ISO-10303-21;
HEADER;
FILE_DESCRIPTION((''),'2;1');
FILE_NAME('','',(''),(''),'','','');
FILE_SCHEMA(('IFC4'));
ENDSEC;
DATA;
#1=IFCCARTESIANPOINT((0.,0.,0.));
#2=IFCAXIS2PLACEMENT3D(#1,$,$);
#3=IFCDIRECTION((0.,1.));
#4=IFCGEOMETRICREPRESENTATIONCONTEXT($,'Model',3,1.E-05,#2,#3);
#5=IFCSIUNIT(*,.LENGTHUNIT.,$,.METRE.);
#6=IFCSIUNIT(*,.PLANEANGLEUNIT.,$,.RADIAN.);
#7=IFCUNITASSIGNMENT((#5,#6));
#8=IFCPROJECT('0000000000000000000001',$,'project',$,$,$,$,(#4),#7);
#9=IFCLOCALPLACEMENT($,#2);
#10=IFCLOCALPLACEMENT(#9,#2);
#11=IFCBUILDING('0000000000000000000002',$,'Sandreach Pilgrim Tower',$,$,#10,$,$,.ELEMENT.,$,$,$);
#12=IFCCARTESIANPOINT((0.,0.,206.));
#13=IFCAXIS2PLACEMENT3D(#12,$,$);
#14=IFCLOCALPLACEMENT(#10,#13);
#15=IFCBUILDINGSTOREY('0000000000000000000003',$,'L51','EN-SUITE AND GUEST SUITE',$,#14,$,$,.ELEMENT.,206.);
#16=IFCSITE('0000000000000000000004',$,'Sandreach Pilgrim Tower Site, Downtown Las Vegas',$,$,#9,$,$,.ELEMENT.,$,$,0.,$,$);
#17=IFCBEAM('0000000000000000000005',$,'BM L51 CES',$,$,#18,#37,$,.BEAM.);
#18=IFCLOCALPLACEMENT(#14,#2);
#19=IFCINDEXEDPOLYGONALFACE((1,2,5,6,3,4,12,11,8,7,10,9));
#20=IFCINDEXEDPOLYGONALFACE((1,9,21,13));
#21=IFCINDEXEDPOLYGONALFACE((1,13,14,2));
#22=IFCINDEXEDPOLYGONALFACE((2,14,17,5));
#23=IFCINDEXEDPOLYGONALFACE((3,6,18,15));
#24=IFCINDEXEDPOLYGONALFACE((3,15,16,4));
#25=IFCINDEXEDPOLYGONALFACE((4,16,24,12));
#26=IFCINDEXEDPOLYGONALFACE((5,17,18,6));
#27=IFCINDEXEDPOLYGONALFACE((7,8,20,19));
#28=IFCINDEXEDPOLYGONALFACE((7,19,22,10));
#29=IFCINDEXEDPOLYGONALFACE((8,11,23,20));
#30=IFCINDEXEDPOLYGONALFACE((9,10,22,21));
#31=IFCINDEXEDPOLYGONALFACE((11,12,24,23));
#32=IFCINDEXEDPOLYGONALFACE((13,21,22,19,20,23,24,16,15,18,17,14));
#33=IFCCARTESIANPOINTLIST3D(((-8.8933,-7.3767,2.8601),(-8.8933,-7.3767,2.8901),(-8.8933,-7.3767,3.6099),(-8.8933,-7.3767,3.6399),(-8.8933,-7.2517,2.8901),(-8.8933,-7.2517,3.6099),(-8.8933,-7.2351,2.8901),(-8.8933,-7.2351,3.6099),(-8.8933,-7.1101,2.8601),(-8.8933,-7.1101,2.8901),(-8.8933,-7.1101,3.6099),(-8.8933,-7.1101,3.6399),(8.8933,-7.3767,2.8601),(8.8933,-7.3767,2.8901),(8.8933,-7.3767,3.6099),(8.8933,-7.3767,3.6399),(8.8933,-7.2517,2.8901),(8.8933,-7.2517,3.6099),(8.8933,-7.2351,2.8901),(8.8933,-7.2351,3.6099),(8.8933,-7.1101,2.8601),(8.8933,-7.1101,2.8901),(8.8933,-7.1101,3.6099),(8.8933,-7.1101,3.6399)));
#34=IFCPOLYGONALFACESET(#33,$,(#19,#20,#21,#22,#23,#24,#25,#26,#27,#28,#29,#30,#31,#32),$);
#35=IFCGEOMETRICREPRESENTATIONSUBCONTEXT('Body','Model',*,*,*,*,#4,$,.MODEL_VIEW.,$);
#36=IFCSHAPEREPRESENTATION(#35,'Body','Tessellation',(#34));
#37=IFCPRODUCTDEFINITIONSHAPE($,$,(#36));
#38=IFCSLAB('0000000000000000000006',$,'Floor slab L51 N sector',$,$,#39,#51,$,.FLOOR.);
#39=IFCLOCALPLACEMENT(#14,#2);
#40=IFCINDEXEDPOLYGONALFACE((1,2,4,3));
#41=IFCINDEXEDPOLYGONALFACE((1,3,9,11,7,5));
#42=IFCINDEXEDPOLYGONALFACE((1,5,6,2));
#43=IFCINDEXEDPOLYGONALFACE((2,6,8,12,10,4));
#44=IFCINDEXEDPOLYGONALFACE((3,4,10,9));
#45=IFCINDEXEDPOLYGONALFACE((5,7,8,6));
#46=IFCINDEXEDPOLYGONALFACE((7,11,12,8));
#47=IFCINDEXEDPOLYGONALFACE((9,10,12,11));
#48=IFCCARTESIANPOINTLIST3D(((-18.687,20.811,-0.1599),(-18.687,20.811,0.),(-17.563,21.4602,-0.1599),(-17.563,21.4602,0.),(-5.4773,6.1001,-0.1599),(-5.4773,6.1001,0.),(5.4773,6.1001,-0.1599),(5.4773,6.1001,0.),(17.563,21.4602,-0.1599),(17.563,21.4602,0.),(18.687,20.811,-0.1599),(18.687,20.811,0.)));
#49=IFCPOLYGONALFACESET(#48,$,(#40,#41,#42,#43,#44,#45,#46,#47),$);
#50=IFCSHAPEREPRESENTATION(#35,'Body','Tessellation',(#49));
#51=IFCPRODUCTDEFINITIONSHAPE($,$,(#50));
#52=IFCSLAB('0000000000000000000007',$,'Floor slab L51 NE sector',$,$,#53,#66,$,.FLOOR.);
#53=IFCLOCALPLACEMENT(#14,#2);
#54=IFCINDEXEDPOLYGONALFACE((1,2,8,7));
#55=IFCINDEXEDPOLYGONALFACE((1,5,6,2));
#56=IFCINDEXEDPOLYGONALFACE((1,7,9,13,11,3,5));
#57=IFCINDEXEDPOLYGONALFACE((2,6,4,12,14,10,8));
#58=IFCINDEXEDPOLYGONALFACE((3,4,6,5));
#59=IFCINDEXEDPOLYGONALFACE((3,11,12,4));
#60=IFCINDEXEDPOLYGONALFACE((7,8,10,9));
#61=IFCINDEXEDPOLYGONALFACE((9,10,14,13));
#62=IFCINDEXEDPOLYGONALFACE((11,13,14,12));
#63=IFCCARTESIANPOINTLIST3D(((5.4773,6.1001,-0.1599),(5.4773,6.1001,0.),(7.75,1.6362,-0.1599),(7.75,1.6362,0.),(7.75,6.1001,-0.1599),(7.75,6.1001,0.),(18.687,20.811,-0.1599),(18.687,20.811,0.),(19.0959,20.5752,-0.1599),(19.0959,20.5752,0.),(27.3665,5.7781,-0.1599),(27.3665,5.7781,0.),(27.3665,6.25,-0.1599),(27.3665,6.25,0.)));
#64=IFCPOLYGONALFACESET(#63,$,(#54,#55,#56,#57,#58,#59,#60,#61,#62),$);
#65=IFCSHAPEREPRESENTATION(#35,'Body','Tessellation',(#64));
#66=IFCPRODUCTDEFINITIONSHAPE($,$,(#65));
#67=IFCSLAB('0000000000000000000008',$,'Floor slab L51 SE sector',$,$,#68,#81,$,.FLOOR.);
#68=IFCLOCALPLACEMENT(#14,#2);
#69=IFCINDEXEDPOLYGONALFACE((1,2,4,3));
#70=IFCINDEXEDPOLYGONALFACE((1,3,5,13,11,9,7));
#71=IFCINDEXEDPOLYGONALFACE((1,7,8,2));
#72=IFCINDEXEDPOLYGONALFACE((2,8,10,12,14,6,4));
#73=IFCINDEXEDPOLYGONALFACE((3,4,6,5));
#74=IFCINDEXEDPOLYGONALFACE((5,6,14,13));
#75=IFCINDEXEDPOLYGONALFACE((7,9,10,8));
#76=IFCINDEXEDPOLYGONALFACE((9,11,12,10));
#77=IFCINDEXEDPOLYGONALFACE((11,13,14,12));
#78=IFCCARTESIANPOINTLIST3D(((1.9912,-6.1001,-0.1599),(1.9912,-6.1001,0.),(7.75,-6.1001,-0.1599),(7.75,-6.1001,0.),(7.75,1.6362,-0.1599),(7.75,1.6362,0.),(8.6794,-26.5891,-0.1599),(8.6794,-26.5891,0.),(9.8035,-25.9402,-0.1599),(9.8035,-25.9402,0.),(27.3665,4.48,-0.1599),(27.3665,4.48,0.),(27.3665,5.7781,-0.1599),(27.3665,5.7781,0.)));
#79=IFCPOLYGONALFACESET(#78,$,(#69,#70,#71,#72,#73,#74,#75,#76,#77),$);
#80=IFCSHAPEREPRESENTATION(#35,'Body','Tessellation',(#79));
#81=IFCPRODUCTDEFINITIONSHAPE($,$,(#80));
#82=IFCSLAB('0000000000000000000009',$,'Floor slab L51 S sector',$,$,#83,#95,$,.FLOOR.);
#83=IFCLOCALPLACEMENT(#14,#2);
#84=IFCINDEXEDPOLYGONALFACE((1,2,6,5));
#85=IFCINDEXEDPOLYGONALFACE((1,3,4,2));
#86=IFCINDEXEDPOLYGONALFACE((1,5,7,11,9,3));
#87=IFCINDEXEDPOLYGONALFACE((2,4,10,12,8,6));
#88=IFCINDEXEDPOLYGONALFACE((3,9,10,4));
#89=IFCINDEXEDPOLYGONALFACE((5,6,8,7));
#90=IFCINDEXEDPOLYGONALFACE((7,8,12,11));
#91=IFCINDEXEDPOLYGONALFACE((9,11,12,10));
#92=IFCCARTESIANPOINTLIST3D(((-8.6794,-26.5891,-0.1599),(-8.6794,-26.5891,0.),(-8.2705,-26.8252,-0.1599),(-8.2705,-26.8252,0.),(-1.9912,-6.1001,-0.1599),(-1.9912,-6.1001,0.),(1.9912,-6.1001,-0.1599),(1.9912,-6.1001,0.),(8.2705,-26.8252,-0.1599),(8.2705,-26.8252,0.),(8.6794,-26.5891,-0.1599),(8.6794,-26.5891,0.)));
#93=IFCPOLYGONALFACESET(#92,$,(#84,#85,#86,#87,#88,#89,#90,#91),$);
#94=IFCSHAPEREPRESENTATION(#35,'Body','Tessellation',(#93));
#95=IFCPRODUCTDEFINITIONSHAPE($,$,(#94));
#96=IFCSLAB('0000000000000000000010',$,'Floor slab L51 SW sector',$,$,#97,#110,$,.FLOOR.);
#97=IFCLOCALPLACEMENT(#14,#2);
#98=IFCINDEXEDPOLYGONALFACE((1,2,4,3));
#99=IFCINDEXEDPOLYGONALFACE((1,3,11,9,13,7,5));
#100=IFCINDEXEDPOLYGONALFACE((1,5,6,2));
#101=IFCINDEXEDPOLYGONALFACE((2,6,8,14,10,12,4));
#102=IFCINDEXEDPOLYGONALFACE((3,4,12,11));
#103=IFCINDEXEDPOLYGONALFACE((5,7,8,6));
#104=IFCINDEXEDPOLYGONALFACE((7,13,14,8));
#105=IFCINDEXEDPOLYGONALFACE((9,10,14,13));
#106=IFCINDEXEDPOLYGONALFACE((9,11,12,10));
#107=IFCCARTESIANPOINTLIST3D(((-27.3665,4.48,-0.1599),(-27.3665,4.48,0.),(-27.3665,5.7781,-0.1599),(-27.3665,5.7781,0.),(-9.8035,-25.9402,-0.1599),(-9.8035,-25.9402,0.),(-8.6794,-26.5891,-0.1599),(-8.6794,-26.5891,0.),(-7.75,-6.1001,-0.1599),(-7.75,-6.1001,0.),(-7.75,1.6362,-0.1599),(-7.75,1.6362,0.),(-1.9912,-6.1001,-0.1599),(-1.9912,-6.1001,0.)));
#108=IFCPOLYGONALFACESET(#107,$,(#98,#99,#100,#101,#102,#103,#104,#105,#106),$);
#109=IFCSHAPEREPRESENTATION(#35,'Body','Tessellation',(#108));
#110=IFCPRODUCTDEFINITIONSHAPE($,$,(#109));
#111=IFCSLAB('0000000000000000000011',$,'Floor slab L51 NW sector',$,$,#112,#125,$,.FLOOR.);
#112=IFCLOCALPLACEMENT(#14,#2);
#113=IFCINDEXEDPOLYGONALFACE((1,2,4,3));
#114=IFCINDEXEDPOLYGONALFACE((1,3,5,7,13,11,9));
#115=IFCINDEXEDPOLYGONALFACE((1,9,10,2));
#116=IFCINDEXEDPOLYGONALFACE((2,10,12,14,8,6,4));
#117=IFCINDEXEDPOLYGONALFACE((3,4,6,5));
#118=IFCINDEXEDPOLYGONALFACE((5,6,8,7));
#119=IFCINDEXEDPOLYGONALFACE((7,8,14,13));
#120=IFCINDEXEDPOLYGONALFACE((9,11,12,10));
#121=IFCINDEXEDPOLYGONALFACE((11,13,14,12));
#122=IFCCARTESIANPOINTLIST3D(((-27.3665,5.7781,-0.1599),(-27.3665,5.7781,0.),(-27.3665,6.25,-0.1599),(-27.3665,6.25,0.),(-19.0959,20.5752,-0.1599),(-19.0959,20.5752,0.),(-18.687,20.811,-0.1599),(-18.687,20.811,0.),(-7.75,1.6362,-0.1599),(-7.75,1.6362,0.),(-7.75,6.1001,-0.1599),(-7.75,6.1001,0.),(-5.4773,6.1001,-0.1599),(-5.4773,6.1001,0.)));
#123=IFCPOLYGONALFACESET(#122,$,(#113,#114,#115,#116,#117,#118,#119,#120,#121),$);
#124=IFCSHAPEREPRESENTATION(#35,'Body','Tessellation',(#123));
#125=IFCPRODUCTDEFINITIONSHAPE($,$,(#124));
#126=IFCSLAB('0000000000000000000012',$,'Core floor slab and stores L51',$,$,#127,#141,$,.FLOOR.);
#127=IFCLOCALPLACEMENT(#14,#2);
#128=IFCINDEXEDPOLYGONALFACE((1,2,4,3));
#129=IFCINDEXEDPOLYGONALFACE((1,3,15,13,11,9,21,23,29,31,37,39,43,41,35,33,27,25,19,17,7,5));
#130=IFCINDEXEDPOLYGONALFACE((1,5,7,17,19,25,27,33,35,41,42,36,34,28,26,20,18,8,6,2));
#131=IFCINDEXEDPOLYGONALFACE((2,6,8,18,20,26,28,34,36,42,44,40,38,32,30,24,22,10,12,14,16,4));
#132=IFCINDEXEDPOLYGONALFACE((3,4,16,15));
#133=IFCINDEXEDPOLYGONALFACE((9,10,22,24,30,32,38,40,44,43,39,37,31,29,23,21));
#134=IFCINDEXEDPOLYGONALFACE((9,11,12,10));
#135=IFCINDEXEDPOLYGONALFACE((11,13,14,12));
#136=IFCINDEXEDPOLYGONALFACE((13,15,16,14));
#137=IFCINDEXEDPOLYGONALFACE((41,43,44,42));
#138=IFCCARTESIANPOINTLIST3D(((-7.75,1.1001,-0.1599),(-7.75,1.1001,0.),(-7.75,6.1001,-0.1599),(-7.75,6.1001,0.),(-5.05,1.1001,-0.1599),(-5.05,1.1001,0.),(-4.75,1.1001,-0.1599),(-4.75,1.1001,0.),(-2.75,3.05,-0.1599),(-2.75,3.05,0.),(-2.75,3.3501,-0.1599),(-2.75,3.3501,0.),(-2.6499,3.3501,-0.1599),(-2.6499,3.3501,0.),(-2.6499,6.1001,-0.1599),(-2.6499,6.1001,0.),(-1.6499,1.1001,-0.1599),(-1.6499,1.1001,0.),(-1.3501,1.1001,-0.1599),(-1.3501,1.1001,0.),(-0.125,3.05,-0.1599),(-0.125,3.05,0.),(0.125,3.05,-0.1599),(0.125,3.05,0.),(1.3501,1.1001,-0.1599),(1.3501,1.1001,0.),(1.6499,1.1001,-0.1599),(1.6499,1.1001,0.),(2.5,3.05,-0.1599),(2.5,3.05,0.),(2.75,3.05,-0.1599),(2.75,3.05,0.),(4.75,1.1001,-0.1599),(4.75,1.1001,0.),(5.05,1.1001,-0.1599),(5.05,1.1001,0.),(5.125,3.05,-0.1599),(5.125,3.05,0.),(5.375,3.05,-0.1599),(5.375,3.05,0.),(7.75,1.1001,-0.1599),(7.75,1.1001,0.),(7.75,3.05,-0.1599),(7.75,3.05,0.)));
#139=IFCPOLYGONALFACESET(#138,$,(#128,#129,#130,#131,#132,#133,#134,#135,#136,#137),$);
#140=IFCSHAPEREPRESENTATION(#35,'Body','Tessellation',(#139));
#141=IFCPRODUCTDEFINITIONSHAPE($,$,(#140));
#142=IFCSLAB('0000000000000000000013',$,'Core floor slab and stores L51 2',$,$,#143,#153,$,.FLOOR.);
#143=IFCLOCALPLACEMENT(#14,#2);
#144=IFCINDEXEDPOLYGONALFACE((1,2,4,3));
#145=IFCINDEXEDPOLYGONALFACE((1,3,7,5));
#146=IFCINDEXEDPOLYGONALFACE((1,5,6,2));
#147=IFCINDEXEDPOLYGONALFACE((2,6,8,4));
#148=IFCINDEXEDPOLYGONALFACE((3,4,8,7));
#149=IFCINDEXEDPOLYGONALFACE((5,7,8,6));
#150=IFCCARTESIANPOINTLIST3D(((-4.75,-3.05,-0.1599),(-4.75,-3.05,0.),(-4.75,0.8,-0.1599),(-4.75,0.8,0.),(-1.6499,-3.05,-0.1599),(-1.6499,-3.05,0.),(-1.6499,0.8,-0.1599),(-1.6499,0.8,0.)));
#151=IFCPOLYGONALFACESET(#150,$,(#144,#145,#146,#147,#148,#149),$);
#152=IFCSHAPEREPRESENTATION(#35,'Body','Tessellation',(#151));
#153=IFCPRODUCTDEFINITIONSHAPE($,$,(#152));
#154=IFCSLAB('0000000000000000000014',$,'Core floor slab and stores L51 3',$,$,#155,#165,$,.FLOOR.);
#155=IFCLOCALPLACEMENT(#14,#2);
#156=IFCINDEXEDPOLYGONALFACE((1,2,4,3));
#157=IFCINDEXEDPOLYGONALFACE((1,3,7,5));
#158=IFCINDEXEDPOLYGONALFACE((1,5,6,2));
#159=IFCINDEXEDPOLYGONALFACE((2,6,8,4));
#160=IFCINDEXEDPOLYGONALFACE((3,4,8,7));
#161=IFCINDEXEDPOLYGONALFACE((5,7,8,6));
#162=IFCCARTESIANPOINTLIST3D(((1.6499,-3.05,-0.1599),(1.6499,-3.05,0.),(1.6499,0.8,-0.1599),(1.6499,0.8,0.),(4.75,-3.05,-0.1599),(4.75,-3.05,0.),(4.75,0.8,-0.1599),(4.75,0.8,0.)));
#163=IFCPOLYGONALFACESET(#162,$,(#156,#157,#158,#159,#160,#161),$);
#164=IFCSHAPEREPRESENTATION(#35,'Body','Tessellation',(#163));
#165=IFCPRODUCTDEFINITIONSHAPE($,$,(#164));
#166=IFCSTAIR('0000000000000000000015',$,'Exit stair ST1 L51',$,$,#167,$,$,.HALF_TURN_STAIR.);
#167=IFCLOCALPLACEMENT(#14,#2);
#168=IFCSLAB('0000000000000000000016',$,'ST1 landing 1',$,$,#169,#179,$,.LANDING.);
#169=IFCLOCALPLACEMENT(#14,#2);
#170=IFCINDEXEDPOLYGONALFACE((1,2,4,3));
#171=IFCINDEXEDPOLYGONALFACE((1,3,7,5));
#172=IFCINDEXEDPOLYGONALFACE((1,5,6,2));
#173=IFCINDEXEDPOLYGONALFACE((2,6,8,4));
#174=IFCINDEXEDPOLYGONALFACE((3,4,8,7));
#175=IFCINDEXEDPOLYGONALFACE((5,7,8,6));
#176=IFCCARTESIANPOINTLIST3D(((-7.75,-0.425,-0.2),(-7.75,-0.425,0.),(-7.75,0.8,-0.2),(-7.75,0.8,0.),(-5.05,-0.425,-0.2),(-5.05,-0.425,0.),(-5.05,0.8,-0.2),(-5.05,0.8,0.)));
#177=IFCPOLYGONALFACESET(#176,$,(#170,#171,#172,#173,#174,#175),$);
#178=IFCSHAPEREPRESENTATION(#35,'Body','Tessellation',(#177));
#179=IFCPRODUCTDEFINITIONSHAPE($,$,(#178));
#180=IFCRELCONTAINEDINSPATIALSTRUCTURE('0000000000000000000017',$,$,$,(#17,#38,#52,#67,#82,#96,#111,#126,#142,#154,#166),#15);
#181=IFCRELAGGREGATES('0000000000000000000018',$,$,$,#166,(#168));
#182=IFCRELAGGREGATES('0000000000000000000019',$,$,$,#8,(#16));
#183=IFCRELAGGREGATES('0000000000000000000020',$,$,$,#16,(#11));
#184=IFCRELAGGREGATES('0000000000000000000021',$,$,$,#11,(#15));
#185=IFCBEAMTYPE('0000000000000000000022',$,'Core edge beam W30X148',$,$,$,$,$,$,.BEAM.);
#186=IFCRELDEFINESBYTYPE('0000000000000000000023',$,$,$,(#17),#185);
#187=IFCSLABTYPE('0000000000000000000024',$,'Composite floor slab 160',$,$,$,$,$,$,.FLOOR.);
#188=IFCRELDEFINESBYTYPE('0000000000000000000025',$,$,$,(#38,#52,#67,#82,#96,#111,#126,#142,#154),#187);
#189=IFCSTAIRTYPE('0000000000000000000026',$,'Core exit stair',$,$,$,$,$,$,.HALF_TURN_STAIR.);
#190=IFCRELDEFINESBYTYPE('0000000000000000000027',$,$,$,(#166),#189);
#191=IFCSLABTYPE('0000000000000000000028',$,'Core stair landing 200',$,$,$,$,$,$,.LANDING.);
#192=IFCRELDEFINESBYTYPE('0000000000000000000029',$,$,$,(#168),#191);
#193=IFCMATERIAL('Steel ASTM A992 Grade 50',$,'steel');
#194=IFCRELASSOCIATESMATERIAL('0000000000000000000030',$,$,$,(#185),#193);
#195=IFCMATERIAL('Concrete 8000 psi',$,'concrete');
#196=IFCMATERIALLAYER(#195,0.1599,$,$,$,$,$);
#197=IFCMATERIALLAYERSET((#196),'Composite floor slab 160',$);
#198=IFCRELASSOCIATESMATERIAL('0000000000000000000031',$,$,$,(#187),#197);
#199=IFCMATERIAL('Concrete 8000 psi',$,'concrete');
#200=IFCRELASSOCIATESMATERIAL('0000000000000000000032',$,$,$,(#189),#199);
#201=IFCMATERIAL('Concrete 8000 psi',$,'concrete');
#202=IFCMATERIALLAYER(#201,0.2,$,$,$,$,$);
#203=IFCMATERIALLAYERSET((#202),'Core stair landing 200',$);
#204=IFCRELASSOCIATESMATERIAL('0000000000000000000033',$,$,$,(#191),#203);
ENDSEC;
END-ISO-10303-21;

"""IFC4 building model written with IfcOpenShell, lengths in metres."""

from ifc_helpers import new_model, si_unit, direction, frame, origin, origin_2d, place, context, subcontext, project, spatial, polyline, i_section, outline, extrude, material, layer, layer_set, material_profile, profile_set, type_object, element, aggregate, save


model = new_model("IFC4")

# Units and contexts
model_context = context("Model", 3, precision=1e-05, world=origin(), true_north=direction((0.0, 1.0)))
body_context = subcontext(model_context, "Body", "Model", "MODEL_VIEW")
ifc_project = project(units=[si_unit("LENGTHUNIT", "METRE"), si_unit("PLANEANGLEUNIT", "RADIAN")], contexts=[model_context])

# Site, building, storey
site_placement = place(None, origin())
site = spatial("IfcSite", under=ifc_project, at=site_placement, Name="Sandreach Pilgrim Tower Site, Downtown Las Vegas", CompositionType="ELEMENT", RefElevation=0.0)
building_placement = place(site_placement, origin())
building = spatial("IfcBuilding", under=site, at=building_placement, Name="Sandreach Pilgrim Tower", CompositionType="ELEMENT")
storey_placement = place(building_placement, frame((0.0, 0.0, 206.0)))
storey = spatial("IfcBuildingStorey", under=building, at=storey_placement, Name="L51", Description="EN-SUITE AND GUEST SUITE", CompositionType="ELEMENT", Elevation=206.0)

# Beam
ifc_material_1 = material(Name="Steel ASTM A992 Grade 50", Category="steel")
ifc_material_profile = material_profile(ifc_material_1, i_section(OverallWidth=0.2666, OverallDepth=0.7798, WebThickness=0.0166, FlangeThickness=0.03, at=origin_2d()), Name="W30X148")
ifc_profile_set = profile_set([ifc_material_profile], Name="Steel ASTM A992 Grade 50")
beam_type = type_object("IfcBeamType", Name="Core edge beam W30X148", PredefinedType="BEAM", material=ifc_profile_set)
beam_placement = place(storey_placement, frame((8.8933, -7.2434, 3.25), z_axis=(-1.0, 0.0, 0.0), x_axis=(0.0, -1.0, 0.0)))
element("IfcBeam", 1, at=beam_placement, inside=storey, type_object=beam_type, Name="BM L51 CES", PredefinedType="BEAM", context=body_context, shape_type="SweptSolid", body=[
    extrude(i_section(OverallWidth=0.2666, OverallDepth=0.7798, WebThickness=0.0166, FlangeThickness=0.03, at=origin_2d()), origin(), (0.0, 0.0, 1.0), 17.7866),
])

# Slabs
ifc_material_2 = material(Name="Concrete 8000 psi", Category="concrete")
ifc_layer_1 = layer(ifc_material_2, 0.1599)
ifc_layer_set_1 = layer_set([ifc_layer_1], Name="Composite floor slab 160")
slab_type_1 = type_object("IfcSlabType", Name="Composite floor slab 160", PredefinedType="FLOOR", material=ifc_layer_set_1)
slab_1_placement = place(storey_placement, frame((0.0, 0.0, -0.1599)))
element("IfcSlab", 2, at=slab_1_placement, inside=storey, type_object=slab_type_1, Name="Floor slab L51 N sector", PredefinedType="FLOOR", context=body_context, shape_type="SweptSolid", body=[
    extrude(outline(polyline([(-17.563, 21.4602), (17.563, 21.4602), (18.687, 20.811), (5.4773, 6.1001), (-5.4773, 6.1001), (-18.687, 20.811), (-17.563, 21.4602)])), origin(), (0.0, 0.0, 1.0), 0.1599),
])
slab_2_placement = place(storey_placement, frame((0.0, 0.0, -0.1599)))
element("IfcSlab", 3, at=slab_2_placement, inside=storey, type_object=slab_type_1, Name="Floor slab L51 NE sector", PredefinedType="FLOOR", context=body_context, shape_type="SweptSolid", body=[
    extrude(outline(polyline([(19.0959, 20.5752), (27.3665, 6.25), (27.3665, 5.7781), (7.75, 1.6362), (7.75, 6.1001), (5.4773, 6.1001), (18.687, 20.811), (19.0959, 20.5752)])), origin(), (0.0, 0.0, 1.0), 0.1599),
])
slab_3_placement = place(storey_placement, frame((0.0, 0.0, -0.1599)))
element("IfcSlab", 4, at=slab_3_placement, inside=storey, type_object=slab_type_1, Name="Floor slab L51 SE sector", PredefinedType="FLOOR", context=body_context, shape_type="SweptSolid", body=[
    extrude(outline(polyline([(27.3665, 4.48), (9.8035, -25.9402), (8.6794, -26.5891), (1.9912, -6.1001), (7.75, -6.1001), (7.75, 1.6362), (27.3665, 5.7781), (27.3665, 4.48)])), origin(), (0.0, 0.0, 1.0), 0.1599),
])
slab_4_placement = place(storey_placement, frame((0.0, 0.0, -0.1599)))
element("IfcSlab", 5, at=slab_4_placement, inside=storey, type_object=slab_type_1, Name="Floor slab L51 S sector", PredefinedType="FLOOR", context=body_context, shape_type="SweptSolid", body=[
    extrude(outline(polyline([(8.2705, -26.8252), (-8.2705, -26.8252), (-8.6794, -26.5891), (-1.9912, -6.1001), (1.9912, -6.1001), (8.6794, -26.5891), (8.2705, -26.8252)])), origin(), (0.0, 0.0, 1.0), 0.1599),
])
slab_5_placement = place(storey_placement, frame((0.0, 0.0, -0.1599)))
element("IfcSlab", 6, at=slab_5_placement, inside=storey, type_object=slab_type_1, Name="Floor slab L51 SW sector", PredefinedType="FLOOR", context=body_context, shape_type="SweptSolid", body=[
    extrude(outline(polyline([(-9.8035, -25.9402), (-27.3665, 4.48), (-27.3665, 5.7781), (-7.75, 1.6362), (-7.75, -6.1001), (-1.9912, -6.1001), (-8.6794, -26.5891), (-9.8035, -25.9402)])), origin(), (0.0, 0.0, 1.0), 0.1599),
])
slab_6_placement = place(storey_placement, frame((0.0, 0.0, -0.1599)))
element("IfcSlab", 7, at=slab_6_placement, inside=storey, type_object=slab_type_1, Name="Floor slab L51 NW sector", PredefinedType="FLOOR", context=body_context, shape_type="SweptSolid", body=[
    extrude(outline(polyline([(-27.3665, 6.25), (-19.0959, 20.5752), (-18.687, 20.811), (-5.4773, 6.1001), (-7.75, 6.1001), (-7.75, 1.6362), (-27.3665, 5.7781), (-27.3665, 6.25)])), origin(), (0.0, 0.0, 1.0), 0.1599),
])
slab_7_placement = place(storey_placement, frame((0.0, 0.0, -0.1599)))
element("IfcSlab", 8, at=slab_7_placement, inside=storey, type_object=slab_type_1, Name="Core floor slab and stores L51", PredefinedType="FLOOR", context=body_context, shape_type="SweptSolid", body=[
    extrude(outline(polyline([(-2.75, 3.3501), (-2.75, 3.05), (-0.125, 3.05), (0.125, 3.05), (2.5, 3.05), (2.75, 3.05), (5.125, 3.05), (5.375, 3.05), (7.75, 3.05), (7.75, 1.1001), (5.05, 1.1001), (4.75, 1.1001), (1.6499, 1.1001), (1.3501, 1.1001), (-1.3501, 1.1001), (-1.6499, 1.1001), (-4.75, 1.1001), (-5.05, 1.1001), (-7.75, 1.1001), (-7.75, 6.1001), (-2.6499, 6.1001), (-2.6499, 3.3501), (-2.75, 3.3501)])), origin(), (0.0, 0.0, 1.0), 0.1599),
])
slab_8_placement = place(storey_placement, frame((0.0, 0.0, -0.1599)))
element("IfcSlab", 9, at=slab_8_placement, inside=storey, type_object=slab_type_1, Name="Core floor slab and stores L51 2", PredefinedType="FLOOR", context=body_context, shape_type="SweptSolid", body=[
    extrude(outline(polyline([(-1.6499, -3.05), (-4.75, -3.05), (-4.75, 0.8), (-1.6499, 0.8), (-1.6499, -3.05)])), origin(), (0.0, 0.0, 1.0), 0.1599),
])
slab_9_placement = place(storey_placement, frame((0.0, 0.0, -0.1599)))
element("IfcSlab", 10, at=slab_9_placement, inside=storey, type_object=slab_type_1, Name="Core floor slab and stores L51 3", PredefinedType="FLOOR", context=body_context, shape_type="SweptSolid", body=[
    extrude(outline(polyline([(4.75, -3.05), (1.6499, -3.05), (1.6499, 0.8), (4.75, 0.8), (4.75, -3.05)])), origin(), (0.0, 0.0, 1.0), 0.1599),
])

# Stair, slab
ifc_material_3 = material(Name="Concrete 8000 psi", Category="concrete")
stair_type = type_object("IfcStairType", Name="Core exit stair", PredefinedType="HALF_TURN_STAIR", material=ifc_material_3)
stair_1_placement = place(storey_placement, origin())
stair_1 = element("IfcStair", 11, at=stair_1_placement, inside=storey, type_object=stair_type, Name="Exit stair ST1 L51", PredefinedType="HALF_TURN_STAIR")
ifc_material_4 = material(Name="Concrete 8000 psi", Category="concrete")
ifc_layer_2 = layer(ifc_material_4, 0.2)
ifc_layer_set_2 = layer_set([ifc_layer_2], Name="Core stair landing 200")
slab_type_2 = type_object("IfcSlabType", Name="Core stair landing 200", PredefinedType="LANDING", material=ifc_layer_set_2)
slab_10_placement = place(storey_placement, frame((0.0, 0.0, -0.2)))
slab_10 = element("IfcSlab", 12, at=slab_10_placement, type_object=slab_type_2, Name="ST1 landing 1", PredefinedType="LANDING", context=body_context, shape_type="SweptSolid", body=[
    extrude(outline(polyline([(-7.75, -0.425), (-5.05, -0.425), (-5.05, 0.8), (-7.75, 0.8), (-7.75, -0.425)])), origin(), (0.0, 0.0, 1.0), 0.2),
])
aggregate(stair_1, [slab_10])

save(model, "model.ifc")
